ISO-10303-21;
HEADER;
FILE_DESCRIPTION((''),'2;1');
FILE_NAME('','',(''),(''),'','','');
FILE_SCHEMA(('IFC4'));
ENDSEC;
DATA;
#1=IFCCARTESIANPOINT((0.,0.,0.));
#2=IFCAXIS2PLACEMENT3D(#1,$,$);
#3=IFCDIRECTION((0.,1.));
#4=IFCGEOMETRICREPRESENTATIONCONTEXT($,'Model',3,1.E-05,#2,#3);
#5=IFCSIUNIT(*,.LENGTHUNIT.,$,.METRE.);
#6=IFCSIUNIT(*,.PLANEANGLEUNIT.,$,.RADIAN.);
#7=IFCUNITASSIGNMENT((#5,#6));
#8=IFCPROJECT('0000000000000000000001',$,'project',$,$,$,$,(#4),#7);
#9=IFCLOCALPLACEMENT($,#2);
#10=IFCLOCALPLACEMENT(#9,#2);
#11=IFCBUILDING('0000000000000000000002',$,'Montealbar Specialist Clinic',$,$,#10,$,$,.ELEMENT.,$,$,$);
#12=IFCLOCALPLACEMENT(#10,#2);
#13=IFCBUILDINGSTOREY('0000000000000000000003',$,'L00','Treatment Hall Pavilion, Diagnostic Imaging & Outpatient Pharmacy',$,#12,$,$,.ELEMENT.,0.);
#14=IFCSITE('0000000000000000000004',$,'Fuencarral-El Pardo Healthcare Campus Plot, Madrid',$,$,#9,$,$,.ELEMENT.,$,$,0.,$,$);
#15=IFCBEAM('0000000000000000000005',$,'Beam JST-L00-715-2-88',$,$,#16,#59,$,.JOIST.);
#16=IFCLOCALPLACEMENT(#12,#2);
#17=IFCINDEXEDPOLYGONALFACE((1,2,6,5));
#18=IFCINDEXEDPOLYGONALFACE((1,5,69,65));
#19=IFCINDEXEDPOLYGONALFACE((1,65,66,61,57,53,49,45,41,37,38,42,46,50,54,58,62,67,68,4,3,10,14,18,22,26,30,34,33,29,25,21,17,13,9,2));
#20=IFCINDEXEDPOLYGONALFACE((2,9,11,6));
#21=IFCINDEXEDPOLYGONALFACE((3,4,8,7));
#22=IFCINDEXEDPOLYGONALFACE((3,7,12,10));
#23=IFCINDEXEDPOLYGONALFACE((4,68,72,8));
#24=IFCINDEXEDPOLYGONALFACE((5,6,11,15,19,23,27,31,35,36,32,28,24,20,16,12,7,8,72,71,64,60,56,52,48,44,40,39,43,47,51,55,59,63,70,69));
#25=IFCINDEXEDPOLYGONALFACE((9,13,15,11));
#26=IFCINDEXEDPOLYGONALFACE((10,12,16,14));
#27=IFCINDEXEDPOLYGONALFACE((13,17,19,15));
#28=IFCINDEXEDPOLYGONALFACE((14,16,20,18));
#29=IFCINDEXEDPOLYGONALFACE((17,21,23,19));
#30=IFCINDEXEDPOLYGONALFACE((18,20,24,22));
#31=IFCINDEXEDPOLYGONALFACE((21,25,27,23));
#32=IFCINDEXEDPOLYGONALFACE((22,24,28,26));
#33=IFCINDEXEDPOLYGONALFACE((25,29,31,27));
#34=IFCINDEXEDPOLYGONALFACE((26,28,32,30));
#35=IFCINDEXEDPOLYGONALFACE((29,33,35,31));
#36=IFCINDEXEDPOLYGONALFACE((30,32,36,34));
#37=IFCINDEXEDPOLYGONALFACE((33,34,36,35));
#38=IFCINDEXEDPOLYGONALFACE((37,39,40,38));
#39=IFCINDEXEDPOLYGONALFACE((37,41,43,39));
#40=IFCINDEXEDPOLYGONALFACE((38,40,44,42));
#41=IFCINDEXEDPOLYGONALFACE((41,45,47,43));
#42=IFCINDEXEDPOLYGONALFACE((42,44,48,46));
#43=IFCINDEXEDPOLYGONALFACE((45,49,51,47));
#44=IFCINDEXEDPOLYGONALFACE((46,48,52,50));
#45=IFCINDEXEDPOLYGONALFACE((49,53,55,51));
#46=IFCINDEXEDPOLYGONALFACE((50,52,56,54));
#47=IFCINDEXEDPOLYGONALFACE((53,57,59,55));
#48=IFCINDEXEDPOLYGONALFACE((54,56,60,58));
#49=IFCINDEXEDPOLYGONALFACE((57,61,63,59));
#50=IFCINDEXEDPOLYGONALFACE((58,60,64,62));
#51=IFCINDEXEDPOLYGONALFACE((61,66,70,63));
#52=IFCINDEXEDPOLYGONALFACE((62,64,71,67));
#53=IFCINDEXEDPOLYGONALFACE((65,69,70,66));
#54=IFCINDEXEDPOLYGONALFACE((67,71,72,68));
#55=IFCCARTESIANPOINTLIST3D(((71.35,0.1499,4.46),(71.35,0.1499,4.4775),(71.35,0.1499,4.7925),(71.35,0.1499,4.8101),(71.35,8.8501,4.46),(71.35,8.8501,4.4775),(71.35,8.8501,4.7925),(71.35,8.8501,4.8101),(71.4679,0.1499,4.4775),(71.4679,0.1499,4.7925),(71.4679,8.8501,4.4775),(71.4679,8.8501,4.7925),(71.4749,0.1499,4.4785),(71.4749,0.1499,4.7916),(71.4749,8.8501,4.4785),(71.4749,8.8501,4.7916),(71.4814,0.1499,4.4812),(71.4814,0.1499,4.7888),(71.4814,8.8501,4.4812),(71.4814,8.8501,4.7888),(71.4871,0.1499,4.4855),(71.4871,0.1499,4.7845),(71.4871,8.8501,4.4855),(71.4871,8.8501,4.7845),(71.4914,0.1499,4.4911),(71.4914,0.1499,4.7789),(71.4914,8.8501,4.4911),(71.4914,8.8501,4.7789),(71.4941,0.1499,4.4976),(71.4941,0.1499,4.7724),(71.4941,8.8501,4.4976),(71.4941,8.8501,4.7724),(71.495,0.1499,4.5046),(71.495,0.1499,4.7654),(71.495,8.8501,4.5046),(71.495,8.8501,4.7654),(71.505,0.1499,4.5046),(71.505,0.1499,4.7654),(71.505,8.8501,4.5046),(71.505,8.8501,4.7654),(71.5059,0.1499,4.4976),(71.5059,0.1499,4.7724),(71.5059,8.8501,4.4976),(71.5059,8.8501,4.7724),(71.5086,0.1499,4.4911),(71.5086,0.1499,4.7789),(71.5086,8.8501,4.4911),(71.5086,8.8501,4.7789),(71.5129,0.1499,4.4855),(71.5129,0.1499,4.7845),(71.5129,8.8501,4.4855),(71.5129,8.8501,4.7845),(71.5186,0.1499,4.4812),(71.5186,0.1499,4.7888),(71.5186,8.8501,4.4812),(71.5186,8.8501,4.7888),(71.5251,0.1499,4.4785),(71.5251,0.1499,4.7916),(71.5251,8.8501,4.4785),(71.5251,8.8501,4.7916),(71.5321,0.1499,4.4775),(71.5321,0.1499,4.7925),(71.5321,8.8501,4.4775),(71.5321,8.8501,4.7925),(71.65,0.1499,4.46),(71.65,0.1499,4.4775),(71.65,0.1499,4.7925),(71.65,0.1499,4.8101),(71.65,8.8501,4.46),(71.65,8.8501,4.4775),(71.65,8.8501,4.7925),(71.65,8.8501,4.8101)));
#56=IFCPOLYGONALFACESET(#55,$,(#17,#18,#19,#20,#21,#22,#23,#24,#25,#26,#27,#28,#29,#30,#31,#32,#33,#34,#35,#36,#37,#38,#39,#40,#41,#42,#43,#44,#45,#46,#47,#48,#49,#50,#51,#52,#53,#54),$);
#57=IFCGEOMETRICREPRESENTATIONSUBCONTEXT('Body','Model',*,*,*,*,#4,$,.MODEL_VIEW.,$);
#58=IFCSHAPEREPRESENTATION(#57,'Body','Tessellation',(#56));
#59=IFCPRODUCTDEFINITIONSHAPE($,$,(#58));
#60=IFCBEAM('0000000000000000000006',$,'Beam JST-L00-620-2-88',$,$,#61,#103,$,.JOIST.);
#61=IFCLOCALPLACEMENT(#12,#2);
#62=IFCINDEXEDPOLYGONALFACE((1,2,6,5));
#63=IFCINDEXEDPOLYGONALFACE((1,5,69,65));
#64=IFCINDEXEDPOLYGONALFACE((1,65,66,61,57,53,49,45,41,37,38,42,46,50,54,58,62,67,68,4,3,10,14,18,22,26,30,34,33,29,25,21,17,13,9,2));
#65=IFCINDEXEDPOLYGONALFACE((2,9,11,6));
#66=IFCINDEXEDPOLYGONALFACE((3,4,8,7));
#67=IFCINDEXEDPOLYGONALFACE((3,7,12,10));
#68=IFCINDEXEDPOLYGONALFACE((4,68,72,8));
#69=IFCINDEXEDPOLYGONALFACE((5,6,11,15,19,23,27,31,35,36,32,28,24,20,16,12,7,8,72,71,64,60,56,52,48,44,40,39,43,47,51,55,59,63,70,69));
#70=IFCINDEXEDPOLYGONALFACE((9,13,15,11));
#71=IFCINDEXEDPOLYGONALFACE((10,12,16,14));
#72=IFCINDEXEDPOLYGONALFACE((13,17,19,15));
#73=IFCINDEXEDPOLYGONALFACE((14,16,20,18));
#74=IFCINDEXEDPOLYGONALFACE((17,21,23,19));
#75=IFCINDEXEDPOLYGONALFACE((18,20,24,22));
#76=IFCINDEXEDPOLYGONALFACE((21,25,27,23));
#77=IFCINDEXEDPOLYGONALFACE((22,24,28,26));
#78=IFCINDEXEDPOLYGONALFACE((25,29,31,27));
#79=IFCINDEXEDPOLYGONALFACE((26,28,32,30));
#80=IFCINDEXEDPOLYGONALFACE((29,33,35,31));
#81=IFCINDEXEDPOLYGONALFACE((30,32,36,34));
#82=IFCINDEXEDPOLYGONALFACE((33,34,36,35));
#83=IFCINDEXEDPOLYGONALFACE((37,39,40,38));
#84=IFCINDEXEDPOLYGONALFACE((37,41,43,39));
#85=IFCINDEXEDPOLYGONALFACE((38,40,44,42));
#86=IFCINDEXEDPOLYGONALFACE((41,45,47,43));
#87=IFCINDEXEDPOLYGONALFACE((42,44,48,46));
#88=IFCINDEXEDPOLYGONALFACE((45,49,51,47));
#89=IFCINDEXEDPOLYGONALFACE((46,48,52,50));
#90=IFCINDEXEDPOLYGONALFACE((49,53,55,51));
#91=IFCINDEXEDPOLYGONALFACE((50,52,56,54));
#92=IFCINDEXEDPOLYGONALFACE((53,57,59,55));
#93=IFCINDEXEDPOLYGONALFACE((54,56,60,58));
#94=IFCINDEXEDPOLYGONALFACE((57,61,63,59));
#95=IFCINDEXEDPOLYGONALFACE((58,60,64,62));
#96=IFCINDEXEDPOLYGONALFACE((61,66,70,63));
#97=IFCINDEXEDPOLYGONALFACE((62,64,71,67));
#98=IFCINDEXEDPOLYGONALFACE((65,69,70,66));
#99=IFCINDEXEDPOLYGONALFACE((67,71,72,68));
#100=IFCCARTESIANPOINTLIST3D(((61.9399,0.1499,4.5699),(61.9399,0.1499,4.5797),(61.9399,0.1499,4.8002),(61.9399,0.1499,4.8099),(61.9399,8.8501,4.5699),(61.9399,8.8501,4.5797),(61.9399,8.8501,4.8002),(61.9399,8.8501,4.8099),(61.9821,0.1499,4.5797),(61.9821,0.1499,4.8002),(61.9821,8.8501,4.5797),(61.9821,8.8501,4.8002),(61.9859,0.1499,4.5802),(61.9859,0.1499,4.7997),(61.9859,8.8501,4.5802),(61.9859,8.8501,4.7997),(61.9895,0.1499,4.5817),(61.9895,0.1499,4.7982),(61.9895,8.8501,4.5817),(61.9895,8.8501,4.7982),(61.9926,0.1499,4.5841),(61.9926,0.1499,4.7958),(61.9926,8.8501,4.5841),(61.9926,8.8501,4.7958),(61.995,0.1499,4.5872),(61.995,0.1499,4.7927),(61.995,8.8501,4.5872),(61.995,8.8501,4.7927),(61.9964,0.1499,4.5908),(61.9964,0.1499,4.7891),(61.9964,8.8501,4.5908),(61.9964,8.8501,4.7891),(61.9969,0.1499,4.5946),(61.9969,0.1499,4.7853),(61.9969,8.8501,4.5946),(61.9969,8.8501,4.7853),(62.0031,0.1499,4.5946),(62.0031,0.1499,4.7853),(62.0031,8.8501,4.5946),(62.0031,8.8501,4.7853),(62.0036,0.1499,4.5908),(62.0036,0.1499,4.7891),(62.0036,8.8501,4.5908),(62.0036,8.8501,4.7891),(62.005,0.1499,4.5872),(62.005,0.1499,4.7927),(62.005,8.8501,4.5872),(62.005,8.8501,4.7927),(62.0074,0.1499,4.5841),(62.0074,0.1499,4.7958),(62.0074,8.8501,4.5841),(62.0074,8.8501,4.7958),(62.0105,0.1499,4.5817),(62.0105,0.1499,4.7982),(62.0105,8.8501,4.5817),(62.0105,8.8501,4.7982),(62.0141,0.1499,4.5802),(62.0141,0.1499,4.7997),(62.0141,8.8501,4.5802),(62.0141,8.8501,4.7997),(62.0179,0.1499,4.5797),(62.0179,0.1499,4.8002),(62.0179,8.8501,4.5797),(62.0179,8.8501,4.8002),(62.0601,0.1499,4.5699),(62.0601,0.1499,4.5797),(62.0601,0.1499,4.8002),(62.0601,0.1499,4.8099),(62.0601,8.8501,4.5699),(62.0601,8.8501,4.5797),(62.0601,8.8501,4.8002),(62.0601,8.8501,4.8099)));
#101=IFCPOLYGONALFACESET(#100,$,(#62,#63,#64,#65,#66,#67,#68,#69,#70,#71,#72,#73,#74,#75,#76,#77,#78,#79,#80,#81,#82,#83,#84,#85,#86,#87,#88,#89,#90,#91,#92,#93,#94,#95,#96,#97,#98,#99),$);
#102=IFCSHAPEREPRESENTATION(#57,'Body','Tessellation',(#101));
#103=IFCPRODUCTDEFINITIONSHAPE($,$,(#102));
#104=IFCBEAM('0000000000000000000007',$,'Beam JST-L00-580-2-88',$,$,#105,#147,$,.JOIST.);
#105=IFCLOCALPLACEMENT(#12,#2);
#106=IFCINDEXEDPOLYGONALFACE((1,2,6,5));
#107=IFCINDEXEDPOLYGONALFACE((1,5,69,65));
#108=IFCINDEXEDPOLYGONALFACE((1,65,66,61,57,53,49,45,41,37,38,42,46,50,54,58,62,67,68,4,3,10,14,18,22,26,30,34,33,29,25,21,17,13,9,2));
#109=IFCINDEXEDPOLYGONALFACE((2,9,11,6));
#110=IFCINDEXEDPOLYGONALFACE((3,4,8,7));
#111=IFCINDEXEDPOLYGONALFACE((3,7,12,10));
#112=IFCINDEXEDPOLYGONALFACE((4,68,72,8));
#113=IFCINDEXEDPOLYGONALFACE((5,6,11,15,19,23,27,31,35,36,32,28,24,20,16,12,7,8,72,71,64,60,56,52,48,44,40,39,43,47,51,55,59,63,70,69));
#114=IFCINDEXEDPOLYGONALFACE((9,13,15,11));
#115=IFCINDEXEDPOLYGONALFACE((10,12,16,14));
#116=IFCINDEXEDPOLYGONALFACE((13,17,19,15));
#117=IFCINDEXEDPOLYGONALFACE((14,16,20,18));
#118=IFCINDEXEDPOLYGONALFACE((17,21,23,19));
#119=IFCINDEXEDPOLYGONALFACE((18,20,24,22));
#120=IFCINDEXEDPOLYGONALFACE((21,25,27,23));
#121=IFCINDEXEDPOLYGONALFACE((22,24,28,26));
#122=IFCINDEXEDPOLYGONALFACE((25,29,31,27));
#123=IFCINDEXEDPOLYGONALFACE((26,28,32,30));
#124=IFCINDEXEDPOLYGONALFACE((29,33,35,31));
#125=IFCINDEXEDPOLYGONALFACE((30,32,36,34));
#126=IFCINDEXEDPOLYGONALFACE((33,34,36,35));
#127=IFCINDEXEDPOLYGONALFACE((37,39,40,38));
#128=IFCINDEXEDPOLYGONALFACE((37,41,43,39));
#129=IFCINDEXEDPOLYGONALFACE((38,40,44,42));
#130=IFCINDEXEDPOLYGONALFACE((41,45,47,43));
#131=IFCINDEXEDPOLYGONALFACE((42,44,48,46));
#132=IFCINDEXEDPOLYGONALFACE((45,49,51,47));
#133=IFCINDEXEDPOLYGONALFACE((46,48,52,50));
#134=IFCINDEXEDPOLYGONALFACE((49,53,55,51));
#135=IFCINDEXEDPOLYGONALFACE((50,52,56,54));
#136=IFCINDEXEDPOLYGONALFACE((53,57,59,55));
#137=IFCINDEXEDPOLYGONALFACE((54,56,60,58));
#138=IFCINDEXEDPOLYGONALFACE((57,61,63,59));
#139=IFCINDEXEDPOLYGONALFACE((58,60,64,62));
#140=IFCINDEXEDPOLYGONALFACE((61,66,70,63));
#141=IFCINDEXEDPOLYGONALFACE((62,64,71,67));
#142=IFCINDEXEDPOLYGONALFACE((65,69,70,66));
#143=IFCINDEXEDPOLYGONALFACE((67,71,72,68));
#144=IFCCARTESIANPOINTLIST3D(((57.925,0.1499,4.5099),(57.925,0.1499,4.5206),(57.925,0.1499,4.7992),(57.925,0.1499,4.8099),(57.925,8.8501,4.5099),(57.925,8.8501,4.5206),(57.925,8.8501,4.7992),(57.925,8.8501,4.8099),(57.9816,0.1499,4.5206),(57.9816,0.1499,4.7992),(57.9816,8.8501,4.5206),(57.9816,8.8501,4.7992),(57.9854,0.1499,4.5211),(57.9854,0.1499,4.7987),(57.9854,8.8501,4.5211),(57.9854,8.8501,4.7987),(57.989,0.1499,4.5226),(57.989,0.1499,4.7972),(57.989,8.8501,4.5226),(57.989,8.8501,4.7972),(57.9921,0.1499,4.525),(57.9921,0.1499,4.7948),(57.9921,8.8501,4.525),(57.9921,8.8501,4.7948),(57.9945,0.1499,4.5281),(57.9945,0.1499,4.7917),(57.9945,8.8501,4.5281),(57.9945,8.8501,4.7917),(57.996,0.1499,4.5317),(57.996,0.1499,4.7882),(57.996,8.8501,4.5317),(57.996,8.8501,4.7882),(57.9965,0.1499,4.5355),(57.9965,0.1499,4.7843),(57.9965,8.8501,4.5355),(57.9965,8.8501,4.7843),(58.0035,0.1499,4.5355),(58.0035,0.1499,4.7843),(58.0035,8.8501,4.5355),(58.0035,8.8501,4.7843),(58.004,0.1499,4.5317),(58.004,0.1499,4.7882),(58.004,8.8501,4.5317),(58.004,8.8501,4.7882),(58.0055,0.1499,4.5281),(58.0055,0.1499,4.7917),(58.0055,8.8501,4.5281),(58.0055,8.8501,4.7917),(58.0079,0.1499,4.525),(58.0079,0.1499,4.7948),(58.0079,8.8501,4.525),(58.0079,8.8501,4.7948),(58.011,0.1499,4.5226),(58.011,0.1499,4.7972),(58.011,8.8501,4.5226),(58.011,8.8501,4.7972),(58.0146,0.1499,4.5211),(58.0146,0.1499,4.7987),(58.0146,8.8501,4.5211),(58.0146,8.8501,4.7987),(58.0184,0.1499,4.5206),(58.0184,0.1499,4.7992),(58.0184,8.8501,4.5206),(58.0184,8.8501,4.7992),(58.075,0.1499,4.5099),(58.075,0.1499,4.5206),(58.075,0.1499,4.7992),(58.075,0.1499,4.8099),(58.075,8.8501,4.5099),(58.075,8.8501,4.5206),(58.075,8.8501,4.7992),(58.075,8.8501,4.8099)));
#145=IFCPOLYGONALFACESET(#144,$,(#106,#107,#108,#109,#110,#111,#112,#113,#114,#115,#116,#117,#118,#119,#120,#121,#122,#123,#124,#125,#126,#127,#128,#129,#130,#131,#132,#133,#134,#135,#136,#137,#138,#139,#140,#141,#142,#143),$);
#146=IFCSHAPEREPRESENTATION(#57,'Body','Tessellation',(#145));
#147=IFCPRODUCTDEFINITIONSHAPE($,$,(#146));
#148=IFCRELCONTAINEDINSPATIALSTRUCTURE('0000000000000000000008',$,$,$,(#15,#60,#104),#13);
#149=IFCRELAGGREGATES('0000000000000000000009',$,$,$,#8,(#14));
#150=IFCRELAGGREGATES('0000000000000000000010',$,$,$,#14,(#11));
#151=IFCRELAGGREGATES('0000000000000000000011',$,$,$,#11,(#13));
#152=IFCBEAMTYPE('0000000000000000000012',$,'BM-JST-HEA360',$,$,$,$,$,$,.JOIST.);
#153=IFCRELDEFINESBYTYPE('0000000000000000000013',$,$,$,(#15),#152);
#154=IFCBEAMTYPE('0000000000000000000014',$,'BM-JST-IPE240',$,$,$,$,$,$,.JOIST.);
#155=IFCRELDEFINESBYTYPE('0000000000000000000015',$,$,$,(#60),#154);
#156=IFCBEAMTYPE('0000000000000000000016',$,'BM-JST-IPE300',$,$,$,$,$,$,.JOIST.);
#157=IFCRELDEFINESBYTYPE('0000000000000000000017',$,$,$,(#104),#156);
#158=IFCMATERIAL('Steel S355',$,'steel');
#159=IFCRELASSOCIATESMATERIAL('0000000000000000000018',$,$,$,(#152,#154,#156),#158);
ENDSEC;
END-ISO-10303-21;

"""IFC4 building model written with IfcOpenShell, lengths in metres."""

from ifc_helpers import new_model, si_unit, direction, frame, origin, origin_2d, place, context, subcontext, project, spatial, i_section, extrude, material, material_profile, profile_set, type_object, element, save


model = new_model("IFC4")

# Units and contexts
model_context = context("Model", 3, precision=1e-05, world=origin(), true_north=direction((0.0, 1.0)))
body_context = subcontext(model_context, "Body", "Model", "MODEL_VIEW")
ifc_project = project(units=[si_unit("LENGTHUNIT", "METRE"), si_unit("PLANEANGLEUNIT", "RADIAN")], contexts=[model_context])

# Site, building, storey
site_placement = place(None, origin())
site = spatial("IfcSite", under=ifc_project, at=site_placement, Name="Fuencarral-El Pardo Healthcare Campus Plot, Madrid", CompositionType="ELEMENT", RefElevation=0.0)
building_placement = place(site_placement, origin())
building = spatial("IfcBuilding", under=site, at=building_placement, Name="Montealbar Specialist Clinic", CompositionType="ELEMENT")
storey_placement = place(building_placement, origin())
storey = spatial("IfcBuildingStorey", under=building, at=storey_placement, Name="L00", Description="Treatment Hall Pavilion, Diagnostic Imaging & Outpatient Pharmacy", CompositionType="ELEMENT", Elevation=0.0)

# Shared definitions
ifc_material_1 = material(Name="Steel S355", Category="steel")

# Beams
ifc_material_profile_1 = material_profile(ifc_material_1, i_section(OverallWidth=0.3, OverallDepth=0.3501, WebThickness=0.01, FlangeThickness=0.0176, FilletRadius=0.0271, at=origin_2d()), Name="HEA 360", Category="steel")
ifc_profile_set_1 = profile_set([ifc_material_profile_1], Name="Steel S355")
beam_type_1 = type_object("IfcBeamType", Name="BM-JST-HEA360", PredefinedType="JOIST", material=ifc_profile_set_1)
beam_1_placement = place(storey_placement, frame((71.5, 0.1499, 4.635), z_axis=(0.0, 1.0, 0.0), x_axis=(-1.0, 0.0, 0.0)))
element("IfcBeam", 1, at=beam_1_placement, inside=storey, type_object=beam_type_1, Name="Beam JST-L00-715-2-88", PredefinedType="JOIST", context=body_context, shape_type="SweptSolid", body=[
    extrude(i_section(OverallWidth=0.3, OverallDepth=0.3501, WebThickness=0.01, FlangeThickness=0.0176, FilletRadius=0.0271, at=origin_2d()), origin(), (0.0, 0.0, 1.0), 8.7002),
])
ifc_material_profile_2 = material_profile(ifc_material_1, i_section(OverallWidth=0.1201, OverallDepth=0.24, WebThickness=0.0061, FlangeThickness=0.0098, FilletRadius=0.0149, at=origin_2d()), Name="IPE 240", Category="steel")
ifc_profile_set_2 = profile_set([ifc_material_profile_2], Name="Steel S355")
beam_type_2 = type_object("IfcBeamType", Name="BM-JST-IPE240", PredefinedType="JOIST", material=ifc_profile_set_2)
beam_2_placement = place(storey_placement, frame((62.0, 0.1499, 4.6899), z_axis=(0.0, 1.0, 0.0), x_axis=(-1.0, 0.0, 0.0)))
element("IfcBeam", 2, at=beam_2_placement, inside=storey, type_object=beam_type_2, Name="Beam JST-L00-620-2-88", PredefinedType="JOIST", context=body_context, shape_type="SweptSolid", body=[
    extrude(i_section(OverallWidth=0.1201, OverallDepth=0.24, WebThickness=0.0061, FlangeThickness=0.0098, FilletRadius=0.0149, at=origin_2d()), origin(), (0.0, 0.0, 1.0), 8.7002),
])
ifc_material_profile_3 = material_profile(ifc_material_1, i_section(OverallWidth=0.1499, OverallDepth=0.3, WebThickness=0.0071, FlangeThickness=0.0107, FilletRadius=0.0149, at=origin_2d()), Name="IPE 300", Category="steel")
ifc_profile_set_3 = profile_set([ifc_material_profile_3], Name="Steel S355")
beam_type_3 = type_object("IfcBeamType", Name="BM-JST-IPE300", PredefinedType="JOIST", material=ifc_profile_set_3)
beam_3_placement = place(storey_placement, frame((58.0, 0.1499, 4.6599), z_axis=(0.0, 1.0, 0.0), x_axis=(-1.0, 0.0, 0.0)))
element("IfcBeam", 3, at=beam_3_placement, inside=storey, type_object=beam_type_3, Name="Beam JST-L00-580-2-88", PredefinedType="JOIST", context=body_context, shape_type="SweptSolid", body=[
    extrude(i_section(OverallWidth=0.1499, OverallDepth=0.3, WebThickness=0.0071, FlangeThickness=0.0107, FilletRadius=0.0149, at=origin_2d()), origin(), (0.0, 0.0, 1.0), 8.7002),
])

save(model, "model.ifc")
